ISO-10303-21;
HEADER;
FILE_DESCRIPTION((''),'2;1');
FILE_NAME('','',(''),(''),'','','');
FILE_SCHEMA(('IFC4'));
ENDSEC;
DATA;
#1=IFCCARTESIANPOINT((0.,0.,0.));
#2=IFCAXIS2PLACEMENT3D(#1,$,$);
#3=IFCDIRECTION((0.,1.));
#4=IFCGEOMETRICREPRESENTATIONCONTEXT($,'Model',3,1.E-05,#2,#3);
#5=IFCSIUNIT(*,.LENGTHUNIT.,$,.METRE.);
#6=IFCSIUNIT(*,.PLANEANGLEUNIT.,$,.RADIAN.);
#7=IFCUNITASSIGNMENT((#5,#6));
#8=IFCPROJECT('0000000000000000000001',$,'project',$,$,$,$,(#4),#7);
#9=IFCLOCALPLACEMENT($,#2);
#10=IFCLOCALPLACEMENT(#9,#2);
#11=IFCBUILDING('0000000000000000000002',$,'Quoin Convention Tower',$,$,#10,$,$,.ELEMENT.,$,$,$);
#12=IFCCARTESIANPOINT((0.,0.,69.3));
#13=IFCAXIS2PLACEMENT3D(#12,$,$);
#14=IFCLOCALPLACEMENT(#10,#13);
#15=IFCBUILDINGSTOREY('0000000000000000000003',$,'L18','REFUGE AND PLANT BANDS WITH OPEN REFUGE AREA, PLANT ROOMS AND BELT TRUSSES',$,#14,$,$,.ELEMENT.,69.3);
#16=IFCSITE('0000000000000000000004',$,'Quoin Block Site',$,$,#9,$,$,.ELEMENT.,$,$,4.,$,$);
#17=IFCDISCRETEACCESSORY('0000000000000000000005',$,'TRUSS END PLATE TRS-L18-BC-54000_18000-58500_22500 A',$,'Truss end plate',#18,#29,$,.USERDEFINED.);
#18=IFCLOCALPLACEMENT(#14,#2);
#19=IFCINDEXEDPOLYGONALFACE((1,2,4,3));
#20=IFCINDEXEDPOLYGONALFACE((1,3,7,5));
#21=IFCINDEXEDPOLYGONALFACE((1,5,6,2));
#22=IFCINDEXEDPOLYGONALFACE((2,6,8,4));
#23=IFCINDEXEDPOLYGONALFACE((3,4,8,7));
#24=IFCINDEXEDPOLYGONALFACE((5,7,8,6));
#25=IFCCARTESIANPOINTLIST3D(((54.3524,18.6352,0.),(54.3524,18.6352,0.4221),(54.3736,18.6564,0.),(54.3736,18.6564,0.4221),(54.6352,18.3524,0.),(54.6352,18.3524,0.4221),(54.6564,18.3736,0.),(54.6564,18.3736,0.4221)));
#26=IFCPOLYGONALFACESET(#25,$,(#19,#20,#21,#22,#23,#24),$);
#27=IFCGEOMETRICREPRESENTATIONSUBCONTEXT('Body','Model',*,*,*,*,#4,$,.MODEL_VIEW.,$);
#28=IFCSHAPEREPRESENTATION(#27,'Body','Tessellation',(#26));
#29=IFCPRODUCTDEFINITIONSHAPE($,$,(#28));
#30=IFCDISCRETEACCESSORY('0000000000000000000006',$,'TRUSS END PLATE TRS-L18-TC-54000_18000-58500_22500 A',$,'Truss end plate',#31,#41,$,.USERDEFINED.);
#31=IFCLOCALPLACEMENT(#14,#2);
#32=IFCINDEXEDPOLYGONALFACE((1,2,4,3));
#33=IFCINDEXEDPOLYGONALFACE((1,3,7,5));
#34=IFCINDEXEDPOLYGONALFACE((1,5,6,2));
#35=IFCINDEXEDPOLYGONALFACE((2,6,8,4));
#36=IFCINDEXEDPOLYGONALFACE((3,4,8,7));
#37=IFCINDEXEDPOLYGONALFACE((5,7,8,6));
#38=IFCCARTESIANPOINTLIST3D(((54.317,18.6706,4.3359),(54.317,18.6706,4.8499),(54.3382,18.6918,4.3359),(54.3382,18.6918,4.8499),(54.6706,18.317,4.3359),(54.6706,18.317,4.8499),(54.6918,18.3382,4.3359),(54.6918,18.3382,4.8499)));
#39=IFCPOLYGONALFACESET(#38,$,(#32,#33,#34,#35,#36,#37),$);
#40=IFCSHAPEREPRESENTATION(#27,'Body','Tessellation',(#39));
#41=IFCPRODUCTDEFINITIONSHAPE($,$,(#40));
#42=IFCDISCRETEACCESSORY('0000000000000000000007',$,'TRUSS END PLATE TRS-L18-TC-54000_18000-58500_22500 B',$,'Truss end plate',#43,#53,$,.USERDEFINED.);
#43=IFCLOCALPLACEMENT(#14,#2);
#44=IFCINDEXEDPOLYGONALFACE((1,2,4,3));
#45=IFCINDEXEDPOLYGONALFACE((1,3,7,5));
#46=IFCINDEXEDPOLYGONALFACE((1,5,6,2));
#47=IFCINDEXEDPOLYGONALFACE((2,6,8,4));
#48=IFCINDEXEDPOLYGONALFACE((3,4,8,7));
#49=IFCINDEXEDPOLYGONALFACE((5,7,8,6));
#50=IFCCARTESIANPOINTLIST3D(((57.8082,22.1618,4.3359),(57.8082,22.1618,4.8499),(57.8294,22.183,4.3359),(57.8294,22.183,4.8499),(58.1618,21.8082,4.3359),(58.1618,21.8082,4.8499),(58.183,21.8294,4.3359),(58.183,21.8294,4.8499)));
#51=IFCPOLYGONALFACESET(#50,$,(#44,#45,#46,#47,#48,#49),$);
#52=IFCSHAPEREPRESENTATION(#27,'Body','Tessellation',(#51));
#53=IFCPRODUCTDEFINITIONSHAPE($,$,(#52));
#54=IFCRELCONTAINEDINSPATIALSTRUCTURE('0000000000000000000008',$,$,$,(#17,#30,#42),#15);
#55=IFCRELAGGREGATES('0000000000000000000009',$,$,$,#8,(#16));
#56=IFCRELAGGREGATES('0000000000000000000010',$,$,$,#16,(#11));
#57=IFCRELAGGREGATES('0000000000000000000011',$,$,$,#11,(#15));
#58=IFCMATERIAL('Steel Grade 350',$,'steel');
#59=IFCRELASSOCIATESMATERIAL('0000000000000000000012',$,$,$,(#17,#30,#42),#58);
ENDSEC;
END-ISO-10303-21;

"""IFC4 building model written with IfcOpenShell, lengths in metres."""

from ifc_helpers import new_model, si_unit, direction, frame, origin, origin_2d, place, context, subcontext, project, spatial, rectangle, extrude, material, element, save


model = new_model("IFC4")

# Units and contexts
model_context = context("Model", 3, precision=1e-05, world=origin(), true_north=direction((0.0, 1.0)))
body_context = subcontext(model_context, "Body", "Model", "MODEL_VIEW")
ifc_project = project(units=[si_unit("LENGTHUNIT", "METRE"), si_unit("PLANEANGLEUNIT", "RADIAN")], contexts=[model_context])

# Site, building, storey
site_placement = place(None, origin())
site = spatial("IfcSite", under=ifc_project, at=site_placement, Name="Quoin Block Site", CompositionType="ELEMENT", RefElevation=4.0)
building_placement = place(site_placement, origin())
building = spatial("IfcBuilding", under=site, at=building_placement, Name="Quoin Convention Tower", CompositionType="ELEMENT")
storey_placement = place(building_placement, frame((0.0, 0.0, 69.3)))
storey = spatial("IfcBuildingStorey", under=building, at=storey_placement, Name="L18", Description="REFUGE AND PLANT BANDS WITH OPEN REFUGE AREA, PLANT ROOMS AND BELT TRUSSES", CompositionType="ELEMENT", Elevation=69.3)

# Discrete accessories
ifc_material_1 = material(Name="Steel Grade 350", Category="steel")
discrete_accessory_placement = place(storey_placement, frame((54.5044, 18.5044, 0.0), z_axis=(0.0, 0.0, 1.0), x_axis=(-0.707107, -0.707107, 0.0)))
element("IfcDiscreteAccessory", 1, at=discrete_accessory_placement, inside=storey, material=ifc_material_1, Name="TRUSS END PLATE TRS-L18-BC-54000_18000-58500_22500 A", ObjectType="Truss end plate", PredefinedType="USERDEFINED", context=body_context, shape_type="SweptSolid", body=[
    extrude(rectangle(XDim=0.03, YDim=0.3999, at=origin_2d()), origin(), (0.0, 0.0, 1.0), 0.4221),
])
for number, where, z_axis, x_axis, name in (
    (2, (54.5044, 18.5044, 4.3359), (0.0, 0.0, 1.0), (-0.707107, -0.707107, 0.0), "TRUSS END PLATE TRS-L18-TC-54000_18000-58500_22500 A"),
    (3, (57.9956, 21.9956, 4.3359), (0.0, 0.0, 1.0), (0.707107, 0.707107, 0.0), "TRUSS END PLATE TRS-L18-TC-54000_18000-58500_22500 B"),
):
    element("IfcDiscreteAccessory", number, at=place(storey_placement, frame(where, z_axis=z_axis, x_axis=x_axis)), inside=storey, material=ifc_material_1, Name=name, ObjectType="Truss end plate", PredefinedType="USERDEFINED", context=body_context, shape_type="SweptSolid", body=[
        extrude(rectangle(XDim=0.03, YDim=0.5, at=origin_2d()), origin(), (0.0, 0.0, 1.0), 0.5139),
    ])

save(model, "model.ifc")
